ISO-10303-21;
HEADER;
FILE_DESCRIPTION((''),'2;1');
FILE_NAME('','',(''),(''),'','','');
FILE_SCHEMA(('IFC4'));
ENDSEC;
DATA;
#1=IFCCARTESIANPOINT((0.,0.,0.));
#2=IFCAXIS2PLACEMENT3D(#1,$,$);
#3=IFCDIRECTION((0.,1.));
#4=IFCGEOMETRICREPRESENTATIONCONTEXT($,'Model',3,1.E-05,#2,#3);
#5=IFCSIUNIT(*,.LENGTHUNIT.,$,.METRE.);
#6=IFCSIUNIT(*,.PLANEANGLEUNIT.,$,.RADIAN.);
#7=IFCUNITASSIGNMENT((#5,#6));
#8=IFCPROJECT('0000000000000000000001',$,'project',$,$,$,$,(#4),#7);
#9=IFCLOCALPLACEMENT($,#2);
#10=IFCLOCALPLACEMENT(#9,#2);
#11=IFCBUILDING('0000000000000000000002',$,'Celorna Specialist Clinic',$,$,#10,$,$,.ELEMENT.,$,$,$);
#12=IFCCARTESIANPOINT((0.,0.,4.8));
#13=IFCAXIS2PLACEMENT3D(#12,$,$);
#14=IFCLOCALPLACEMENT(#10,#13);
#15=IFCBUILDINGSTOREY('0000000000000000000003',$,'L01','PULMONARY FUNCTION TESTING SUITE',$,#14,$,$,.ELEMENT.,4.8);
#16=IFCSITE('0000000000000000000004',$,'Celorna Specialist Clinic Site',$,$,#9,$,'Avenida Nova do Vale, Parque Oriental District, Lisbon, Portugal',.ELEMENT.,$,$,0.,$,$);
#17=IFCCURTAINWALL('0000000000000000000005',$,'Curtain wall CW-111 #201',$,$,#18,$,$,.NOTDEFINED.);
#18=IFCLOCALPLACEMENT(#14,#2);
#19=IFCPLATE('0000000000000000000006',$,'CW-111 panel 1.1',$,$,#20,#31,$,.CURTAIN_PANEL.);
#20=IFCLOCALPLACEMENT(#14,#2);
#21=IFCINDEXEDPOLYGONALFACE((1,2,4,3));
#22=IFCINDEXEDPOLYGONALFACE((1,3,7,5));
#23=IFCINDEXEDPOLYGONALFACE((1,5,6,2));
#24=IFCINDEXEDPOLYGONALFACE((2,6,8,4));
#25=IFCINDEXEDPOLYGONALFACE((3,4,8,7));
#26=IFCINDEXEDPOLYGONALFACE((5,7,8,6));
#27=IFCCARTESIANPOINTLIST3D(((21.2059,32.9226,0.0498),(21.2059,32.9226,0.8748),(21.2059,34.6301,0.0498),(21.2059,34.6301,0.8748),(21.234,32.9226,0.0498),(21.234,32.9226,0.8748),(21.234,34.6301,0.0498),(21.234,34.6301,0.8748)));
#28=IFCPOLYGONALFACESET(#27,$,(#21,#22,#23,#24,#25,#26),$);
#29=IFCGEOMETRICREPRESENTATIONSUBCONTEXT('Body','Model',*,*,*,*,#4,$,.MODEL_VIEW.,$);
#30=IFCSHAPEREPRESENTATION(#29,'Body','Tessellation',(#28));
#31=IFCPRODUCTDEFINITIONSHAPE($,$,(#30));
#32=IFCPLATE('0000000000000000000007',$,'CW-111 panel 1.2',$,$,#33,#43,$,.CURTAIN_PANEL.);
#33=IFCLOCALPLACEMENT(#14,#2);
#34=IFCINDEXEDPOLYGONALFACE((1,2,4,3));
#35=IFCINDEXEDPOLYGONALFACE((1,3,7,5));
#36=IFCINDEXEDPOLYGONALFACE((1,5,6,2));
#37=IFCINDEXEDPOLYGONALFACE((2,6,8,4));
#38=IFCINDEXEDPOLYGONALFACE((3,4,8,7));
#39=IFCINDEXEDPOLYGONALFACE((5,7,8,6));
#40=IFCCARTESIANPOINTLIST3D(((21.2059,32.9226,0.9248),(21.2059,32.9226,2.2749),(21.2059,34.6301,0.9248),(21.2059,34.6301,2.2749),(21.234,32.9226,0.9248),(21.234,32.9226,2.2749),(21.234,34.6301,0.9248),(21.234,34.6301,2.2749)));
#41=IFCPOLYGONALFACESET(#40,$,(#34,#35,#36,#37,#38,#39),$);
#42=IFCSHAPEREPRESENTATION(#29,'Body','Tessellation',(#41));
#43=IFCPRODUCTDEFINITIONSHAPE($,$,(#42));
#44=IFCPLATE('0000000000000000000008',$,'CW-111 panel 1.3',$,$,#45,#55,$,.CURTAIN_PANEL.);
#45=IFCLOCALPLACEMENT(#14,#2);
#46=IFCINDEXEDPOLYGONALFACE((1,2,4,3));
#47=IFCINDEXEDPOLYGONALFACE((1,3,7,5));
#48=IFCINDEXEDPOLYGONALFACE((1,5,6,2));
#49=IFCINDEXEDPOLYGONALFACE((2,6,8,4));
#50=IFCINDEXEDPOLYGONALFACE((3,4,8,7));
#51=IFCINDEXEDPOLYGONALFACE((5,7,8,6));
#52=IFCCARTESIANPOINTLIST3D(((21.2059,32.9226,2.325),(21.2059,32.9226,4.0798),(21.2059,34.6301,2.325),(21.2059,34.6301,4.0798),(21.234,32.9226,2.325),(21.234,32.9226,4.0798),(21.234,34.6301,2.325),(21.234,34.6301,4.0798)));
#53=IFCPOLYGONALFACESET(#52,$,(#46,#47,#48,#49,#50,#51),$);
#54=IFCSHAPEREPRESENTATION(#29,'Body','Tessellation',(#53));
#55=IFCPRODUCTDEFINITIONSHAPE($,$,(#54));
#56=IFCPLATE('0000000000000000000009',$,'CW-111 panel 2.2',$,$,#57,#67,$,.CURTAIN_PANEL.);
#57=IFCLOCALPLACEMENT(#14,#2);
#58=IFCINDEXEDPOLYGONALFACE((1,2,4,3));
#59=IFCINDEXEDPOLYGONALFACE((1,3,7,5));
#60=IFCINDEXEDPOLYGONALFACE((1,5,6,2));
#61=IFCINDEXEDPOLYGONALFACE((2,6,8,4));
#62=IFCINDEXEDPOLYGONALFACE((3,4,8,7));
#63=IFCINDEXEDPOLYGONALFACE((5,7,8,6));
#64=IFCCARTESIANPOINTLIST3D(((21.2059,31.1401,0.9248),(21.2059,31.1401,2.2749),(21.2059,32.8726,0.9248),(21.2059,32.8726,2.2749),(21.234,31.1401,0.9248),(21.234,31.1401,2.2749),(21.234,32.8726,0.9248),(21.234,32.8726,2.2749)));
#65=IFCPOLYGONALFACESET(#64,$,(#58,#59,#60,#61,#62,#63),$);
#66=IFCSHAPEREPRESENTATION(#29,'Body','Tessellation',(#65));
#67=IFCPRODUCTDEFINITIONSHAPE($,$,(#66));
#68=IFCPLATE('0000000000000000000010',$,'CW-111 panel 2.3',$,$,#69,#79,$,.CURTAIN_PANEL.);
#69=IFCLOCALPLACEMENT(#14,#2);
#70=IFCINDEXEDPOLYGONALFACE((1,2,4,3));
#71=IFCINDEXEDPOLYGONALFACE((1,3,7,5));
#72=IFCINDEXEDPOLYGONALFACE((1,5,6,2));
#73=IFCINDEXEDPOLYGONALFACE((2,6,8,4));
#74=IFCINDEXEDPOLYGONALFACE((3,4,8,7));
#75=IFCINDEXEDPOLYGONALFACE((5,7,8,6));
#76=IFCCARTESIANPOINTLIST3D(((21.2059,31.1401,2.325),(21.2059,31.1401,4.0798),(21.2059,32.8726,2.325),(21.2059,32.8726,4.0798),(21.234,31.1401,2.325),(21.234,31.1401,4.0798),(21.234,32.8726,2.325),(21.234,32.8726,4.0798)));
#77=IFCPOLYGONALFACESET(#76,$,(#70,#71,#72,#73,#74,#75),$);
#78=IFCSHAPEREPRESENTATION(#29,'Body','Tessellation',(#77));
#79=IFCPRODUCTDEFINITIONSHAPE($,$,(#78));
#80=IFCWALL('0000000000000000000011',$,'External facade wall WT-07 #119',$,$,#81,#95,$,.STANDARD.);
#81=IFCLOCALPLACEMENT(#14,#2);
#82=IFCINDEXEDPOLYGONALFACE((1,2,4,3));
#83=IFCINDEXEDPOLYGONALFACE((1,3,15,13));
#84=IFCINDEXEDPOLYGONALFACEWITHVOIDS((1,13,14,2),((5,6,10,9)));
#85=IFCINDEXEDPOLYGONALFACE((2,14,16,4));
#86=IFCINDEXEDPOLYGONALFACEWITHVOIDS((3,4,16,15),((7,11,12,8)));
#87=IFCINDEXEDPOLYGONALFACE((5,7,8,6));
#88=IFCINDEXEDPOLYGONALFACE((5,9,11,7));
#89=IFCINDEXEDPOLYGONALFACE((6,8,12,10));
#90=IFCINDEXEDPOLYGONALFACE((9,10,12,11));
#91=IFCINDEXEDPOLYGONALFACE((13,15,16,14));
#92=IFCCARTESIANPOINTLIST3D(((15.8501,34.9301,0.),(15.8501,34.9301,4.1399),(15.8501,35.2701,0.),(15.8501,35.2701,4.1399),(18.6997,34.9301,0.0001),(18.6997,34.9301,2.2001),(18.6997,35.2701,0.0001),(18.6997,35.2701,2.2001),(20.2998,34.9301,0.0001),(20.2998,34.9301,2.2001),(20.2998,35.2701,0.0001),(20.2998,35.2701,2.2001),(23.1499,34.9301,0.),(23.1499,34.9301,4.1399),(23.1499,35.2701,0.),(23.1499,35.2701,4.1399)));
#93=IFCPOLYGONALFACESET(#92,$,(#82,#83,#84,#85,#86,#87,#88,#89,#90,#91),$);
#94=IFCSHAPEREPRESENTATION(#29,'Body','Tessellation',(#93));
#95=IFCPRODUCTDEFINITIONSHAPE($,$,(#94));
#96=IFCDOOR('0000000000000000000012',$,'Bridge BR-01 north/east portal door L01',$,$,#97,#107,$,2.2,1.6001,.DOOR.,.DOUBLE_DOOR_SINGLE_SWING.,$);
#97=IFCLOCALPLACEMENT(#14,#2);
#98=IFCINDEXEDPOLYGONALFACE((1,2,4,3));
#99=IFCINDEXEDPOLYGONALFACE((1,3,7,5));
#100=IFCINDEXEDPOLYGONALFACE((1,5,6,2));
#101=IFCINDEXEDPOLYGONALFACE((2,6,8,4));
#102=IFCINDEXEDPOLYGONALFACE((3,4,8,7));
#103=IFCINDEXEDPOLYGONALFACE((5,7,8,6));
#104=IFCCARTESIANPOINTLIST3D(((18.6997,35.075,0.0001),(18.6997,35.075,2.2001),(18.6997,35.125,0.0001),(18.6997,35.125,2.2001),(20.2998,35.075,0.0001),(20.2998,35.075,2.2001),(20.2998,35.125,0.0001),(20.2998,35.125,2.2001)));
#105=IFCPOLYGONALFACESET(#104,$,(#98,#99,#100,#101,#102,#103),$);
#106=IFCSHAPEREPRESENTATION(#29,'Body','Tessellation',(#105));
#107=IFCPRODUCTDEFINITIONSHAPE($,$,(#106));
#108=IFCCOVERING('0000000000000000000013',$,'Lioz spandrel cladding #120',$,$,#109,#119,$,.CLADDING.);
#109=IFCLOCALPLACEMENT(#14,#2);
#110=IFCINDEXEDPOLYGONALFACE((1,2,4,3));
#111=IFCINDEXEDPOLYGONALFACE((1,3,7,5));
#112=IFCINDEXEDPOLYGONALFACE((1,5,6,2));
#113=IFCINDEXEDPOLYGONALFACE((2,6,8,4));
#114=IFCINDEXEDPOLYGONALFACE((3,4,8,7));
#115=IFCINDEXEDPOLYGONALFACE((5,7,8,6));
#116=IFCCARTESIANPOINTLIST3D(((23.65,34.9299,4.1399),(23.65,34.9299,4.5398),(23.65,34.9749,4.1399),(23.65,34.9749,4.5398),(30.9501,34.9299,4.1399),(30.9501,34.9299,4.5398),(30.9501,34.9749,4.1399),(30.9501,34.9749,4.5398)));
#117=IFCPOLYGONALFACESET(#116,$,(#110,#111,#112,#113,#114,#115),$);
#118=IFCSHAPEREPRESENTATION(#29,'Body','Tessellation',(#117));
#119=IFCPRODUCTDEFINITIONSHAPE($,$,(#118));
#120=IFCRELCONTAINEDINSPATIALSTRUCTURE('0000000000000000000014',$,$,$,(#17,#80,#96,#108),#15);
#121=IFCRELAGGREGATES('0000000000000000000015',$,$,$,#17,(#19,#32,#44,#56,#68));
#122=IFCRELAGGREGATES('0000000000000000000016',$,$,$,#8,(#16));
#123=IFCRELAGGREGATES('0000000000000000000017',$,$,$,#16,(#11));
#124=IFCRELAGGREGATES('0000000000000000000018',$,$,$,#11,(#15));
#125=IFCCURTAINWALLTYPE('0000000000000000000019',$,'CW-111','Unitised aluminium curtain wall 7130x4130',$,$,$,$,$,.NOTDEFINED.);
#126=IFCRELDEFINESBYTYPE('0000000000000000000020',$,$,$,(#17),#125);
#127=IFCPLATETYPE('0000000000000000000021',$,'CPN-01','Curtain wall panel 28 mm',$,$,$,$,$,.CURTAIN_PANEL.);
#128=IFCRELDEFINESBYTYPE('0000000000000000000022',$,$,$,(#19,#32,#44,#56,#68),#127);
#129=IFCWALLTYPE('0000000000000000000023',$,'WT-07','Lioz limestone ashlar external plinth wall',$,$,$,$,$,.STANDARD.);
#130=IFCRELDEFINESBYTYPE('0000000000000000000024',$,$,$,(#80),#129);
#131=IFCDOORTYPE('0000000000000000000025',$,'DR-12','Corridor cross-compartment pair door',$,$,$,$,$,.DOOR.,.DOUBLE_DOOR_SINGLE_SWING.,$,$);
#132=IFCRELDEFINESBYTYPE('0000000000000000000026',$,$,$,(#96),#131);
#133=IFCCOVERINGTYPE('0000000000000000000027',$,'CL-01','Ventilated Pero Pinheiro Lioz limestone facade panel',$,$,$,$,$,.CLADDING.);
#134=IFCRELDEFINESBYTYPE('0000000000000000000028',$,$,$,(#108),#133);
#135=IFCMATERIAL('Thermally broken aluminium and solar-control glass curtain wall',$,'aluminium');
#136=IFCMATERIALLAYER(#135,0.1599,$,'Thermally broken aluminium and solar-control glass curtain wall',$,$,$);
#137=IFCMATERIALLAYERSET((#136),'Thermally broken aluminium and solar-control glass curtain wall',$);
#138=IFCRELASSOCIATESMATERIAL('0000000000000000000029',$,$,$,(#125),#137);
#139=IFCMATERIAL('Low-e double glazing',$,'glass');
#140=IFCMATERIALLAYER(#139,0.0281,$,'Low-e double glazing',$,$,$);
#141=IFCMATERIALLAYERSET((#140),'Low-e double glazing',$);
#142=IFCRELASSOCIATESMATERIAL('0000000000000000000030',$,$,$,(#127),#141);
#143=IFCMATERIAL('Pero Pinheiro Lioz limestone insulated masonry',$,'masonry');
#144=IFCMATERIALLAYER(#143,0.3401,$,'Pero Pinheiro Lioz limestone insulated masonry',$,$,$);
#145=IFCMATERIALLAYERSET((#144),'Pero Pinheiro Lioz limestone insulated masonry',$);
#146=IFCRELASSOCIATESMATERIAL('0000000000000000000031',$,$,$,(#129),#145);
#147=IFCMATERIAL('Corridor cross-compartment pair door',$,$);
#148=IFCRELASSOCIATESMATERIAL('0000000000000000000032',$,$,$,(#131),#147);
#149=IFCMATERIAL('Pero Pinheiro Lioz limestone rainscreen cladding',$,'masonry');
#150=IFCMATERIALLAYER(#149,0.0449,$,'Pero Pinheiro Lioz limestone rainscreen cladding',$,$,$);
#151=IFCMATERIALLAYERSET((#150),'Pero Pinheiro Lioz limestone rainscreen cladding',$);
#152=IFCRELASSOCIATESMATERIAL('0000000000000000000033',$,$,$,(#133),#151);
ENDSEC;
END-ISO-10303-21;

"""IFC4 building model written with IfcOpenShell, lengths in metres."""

from ifc_helpers import new_model, si_unit, direction, frame, frame_2d, origin, origin_2d, place, context, subcontext, project, spatial, rectangle, extrude, material, layer, layer_set, type_object, element, fill, aggregate, save


model = new_model("IFC4")

# Units and contexts
model_context = context("Model", 3, precision=1e-05, world=origin(), true_north=direction((0.0, 1.0)))
body_context = subcontext(model_context, "Body", "Model", "MODEL_VIEW")
ifc_project = project(units=[si_unit("LENGTHUNIT", "METRE"), si_unit("PLANEANGLEUNIT", "RADIAN")], contexts=[model_context])

# Site, building, storey
site_placement = place(None, origin())
site = spatial("IfcSite", under=ifc_project, at=site_placement, Name="Celorna Specialist Clinic Site", LongName="Avenida Nova do Vale, Parque Oriental District, Lisbon, Portugal", CompositionType="ELEMENT", RefElevation=0.0)
building_placement = place(site_placement, origin())
building = spatial("IfcBuilding", under=site, at=building_placement, Name="Celorna Specialist Clinic", CompositionType="ELEMENT")
storey_placement = place(building_placement, frame((0.0, 0.0, 4.8)))
storey = spatial("IfcBuildingStorey", under=building, at=storey_placement, Name="L01", Description="PULMONARY FUNCTION TESTING SUITE", CompositionType="ELEMENT", Elevation=4.8)

# Curtain wall, plates
ifc_material_1 = material(Name="Thermally broken aluminium and solar-control glass curtain wall", Category="aluminium")
ifc_layer_1 = layer(ifc_material_1, 0.1599, Name="Thermally broken aluminium and solar-control glass curtain wall")
ifc_layer_set_1 = layer_set([ifc_layer_1], Name="Thermally broken aluminium and solar-control glass curtain wall")
curtain_wall_type = type_object("IfcCurtainWallType", Name="CW-111", Description="Unitised aluminium curtain wall 7130x4130", PredefinedType="NOTDEFINED", material=ifc_layer_set_1)
curtain_wall_placement = place(storey_placement, origin())
curtain_wall = element("IfcCurtainWall", 1, at=curtain_wall_placement, inside=storey, type_object=curtain_wall_type, Name="Curtain wall CW-111 #201", PredefinedType="NOTDEFINED")
ifc_material_2 = material(Name="Low-e double glazing", Category="glass")
ifc_layer_2 = layer(ifc_material_2, 0.0281, Name="Low-e double glazing")
ifc_layer_set_2 = layer_set([ifc_layer_2], Name="Low-e double glazing")
plate_type = type_object("IfcPlateType", Name="CPN-01", Description="Curtain wall panel 28 mm", PredefinedType="CURTAIN_PANEL", material=ifc_layer_set_2)
plate_1_placement = place(storey_placement, frame((21.22, 33.7764, 0.0498), z_axis=(0.0, 0.0, 1.0), x_axis=(0.0, -1.0, 0.0)))
plate_1 = element("IfcPlate", 2, at=plate_1_placement, type_object=plate_type, Name="CW-111 panel 1.1", PredefinedType="CURTAIN_PANEL", context=body_context, shape_type="SweptSolid", body=[
    extrude(rectangle(XDim=1.7075, YDim=0.0281, at=origin_2d()), origin(), (0.0, 0.0, 1.0), 0.825),
])
plate_2_placement = place(storey_placement, frame((21.22, 33.7764, 0.9248), z_axis=(0.0, 0.0, 1.0), x_axis=(0.0, -1.0, 0.0)))
plate_2 = element("IfcPlate", 3, at=plate_2_placement, type_object=plate_type, Name="CW-111 panel 1.2", PredefinedType="CURTAIN_PANEL", context=body_context, shape_type="SweptSolid", body=[
    extrude(rectangle(XDim=1.7075, YDim=0.0281, at=origin_2d()), origin(), (0.0, 0.0, 1.0), 1.3501),
])
plate_3_placement = place(storey_placement, frame((21.22, 33.7764, 2.325), z_axis=(0.0, 0.0, 1.0), x_axis=(0.0, -1.0, 0.0)))
plate_3 = element("IfcPlate", 4, at=plate_3_placement, type_object=plate_type, Name="CW-111 panel 1.3", PredefinedType="CURTAIN_PANEL", context=body_context, shape_type="SweptSolid", body=[
    extrude(rectangle(XDim=1.7075, YDim=0.0281, at=origin_2d()), origin(), (0.0, 0.0, 1.0), 1.7549),
])
plate_4_placement = place(storey_placement, frame((21.22, 32.0063, 0.9248), z_axis=(0.0, 0.0, 1.0), x_axis=(0.0, -1.0, 0.0)))
plate_4 = element("IfcPlate", 5, at=plate_4_placement, type_object=plate_type, Name="CW-111 panel 2.2", PredefinedType="CURTAIN_PANEL", context=body_context, shape_type="SweptSolid", body=[
    extrude(rectangle(XDim=1.7324, YDim=0.0281, at=origin_2d()), origin(), (0.0, 0.0, 1.0), 1.3501),
])
plate_5_placement = place(storey_placement, frame((21.22, 32.0063, 2.325), z_axis=(0.0, 0.0, 1.0), x_axis=(0.0, -1.0, 0.0)))
plate_5 = element("IfcPlate", 6, at=plate_5_placement, type_object=plate_type, Name="CW-111 panel 2.3", PredefinedType="CURTAIN_PANEL", context=body_context, shape_type="SweptSolid", body=[
    extrude(rectangle(XDim=1.7324, YDim=0.0281, at=origin_2d()), origin(), (0.0, 0.0, 1.0), 1.7549),
])
aggregate(curtain_wall, [plate_1, plate_2, plate_3, plate_4, plate_5])

# Wall, opening, door
ifc_material_3 = material(Name="Pero Pinheiro Lioz limestone insulated masonry", Category="masonry")
ifc_layer_3 = layer(ifc_material_3, 0.3401, Name="Pero Pinheiro Lioz limestone insulated masonry")
ifc_layer_set_3 = layer_set([ifc_layer_3], Name="Pero Pinheiro Lioz limestone insulated masonry")
wall_type = type_object("IfcWallType", Name="WT-07", Description="Lioz limestone ashlar external plinth wall", PredefinedType="STANDARD", material=ifc_layer_set_3)
wall_placement = place(storey_placement, frame((23.1499, 35.1001, 0.0), z_axis=(0.0, 0.0, 1.0), x_axis=(-1.0, 0.0, 0.0)))
wall = element("IfcWall", 7, at=wall_placement, inside=storey, type_object=wall_type, Name="External facade wall WT-07 #119", PredefinedType="STANDARD", context=body_context, shape_type="SweptSolid", body=[
    extrude(rectangle(XDim=7.2998, YDim=0.3401, at=frame_2d((3.6499, 0.0))), origin(), (0.0, 0.0, 1.0), 4.1399),
])
opening_placement = place(wall_placement, frame((2.8501, 0.0, 0.0)))
opening = element("IfcOpeningElement", 8, at=opening_placement, cuts=wall, PredefinedType="OPENING", context=body_context, shape_type="SweptSolid", body=[
    extrude(rectangle(XDim=1.6001, YDim=2.2, at=frame_2d((0.8, 1.1001))), frame((0.0, 0.1799, 0.0), z_axis=(0.0, -1.0, 0.0), x_axis=(1.0, 0.0, 0.0)), (0.0, 0.0, 1.0), 0.3601),
])
ifc_material_4 = material(Name="Corridor cross-compartment pair door")
door_type = type_object("IfcDoorType", Name="DR-12", Description="Corridor cross-compartment pair door", OperationType="DOUBLE_DOOR_SINGLE_SWING", PredefinedType="DOOR", material=ifc_material_4)
door_placement = place(opening_placement, frame((1.6001, 0.0, 0.0), z_axis=(0.0, 0.0, 1.0), x_axis=(-1.0, 0.0, 0.0)))
door = element("IfcDoor", 9, at=door_placement, inside=storey, type_object=door_type, Name="Bridge BR-01 north/east portal door L01", OperationType="DOUBLE_DOOR_SINGLE_SWING", OverallHeight=2.2, OverallWidth=1.6001, PredefinedType="DOOR", context=body_context, shape_type="SweptSolid", body=[
    extrude(rectangle(XDim=1.6001, YDim=2.2, at=frame_2d((0.8, 1.1001))), frame((0.0, 0.0249, 0.0), z_axis=(0.0, -1.0, 0.0), x_axis=(1.0, 0.0, 0.0)), (0.0, 0.0, 1.0), 0.05),
])
fill(opening, door)

# Covering
ifc_material_5 = material(Name="Pero Pinheiro Lioz limestone rainscreen cladding", Category="masonry")
ifc_layer_4 = layer(ifc_material_5, 0.0449, Name="Pero Pinheiro Lioz limestone rainscreen cladding")
ifc_layer_set_4 = layer_set([ifc_layer_4], Name="Pero Pinheiro Lioz limestone rainscreen cladding")
covering_type = type_object("IfcCoveringType", Name="CL-01", Description="Ventilated Pero Pinheiro Lioz limestone facade panel", PredefinedType="CLADDING", material=ifc_layer_set_4)
covering_placement = place(storey_placement, frame((27.3, 34.9524, 4.1399), z_axis=(0.0, 0.0, 1.0), x_axis=(-1.0, 0.0, 0.0)))
element("IfcCovering", 10, at=covering_placement, inside=storey, type_object=covering_type, Name="Lioz spandrel cladding #120", PredefinedType="CLADDING", context=body_context, shape_type="SweptSolid", body=[
    extrude(rectangle(XDim=7.3, YDim=0.0449, at=origin_2d()), origin(), (0.0, 0.0, 1.0), 0.3999),
])

save(model, "model.ifc")
